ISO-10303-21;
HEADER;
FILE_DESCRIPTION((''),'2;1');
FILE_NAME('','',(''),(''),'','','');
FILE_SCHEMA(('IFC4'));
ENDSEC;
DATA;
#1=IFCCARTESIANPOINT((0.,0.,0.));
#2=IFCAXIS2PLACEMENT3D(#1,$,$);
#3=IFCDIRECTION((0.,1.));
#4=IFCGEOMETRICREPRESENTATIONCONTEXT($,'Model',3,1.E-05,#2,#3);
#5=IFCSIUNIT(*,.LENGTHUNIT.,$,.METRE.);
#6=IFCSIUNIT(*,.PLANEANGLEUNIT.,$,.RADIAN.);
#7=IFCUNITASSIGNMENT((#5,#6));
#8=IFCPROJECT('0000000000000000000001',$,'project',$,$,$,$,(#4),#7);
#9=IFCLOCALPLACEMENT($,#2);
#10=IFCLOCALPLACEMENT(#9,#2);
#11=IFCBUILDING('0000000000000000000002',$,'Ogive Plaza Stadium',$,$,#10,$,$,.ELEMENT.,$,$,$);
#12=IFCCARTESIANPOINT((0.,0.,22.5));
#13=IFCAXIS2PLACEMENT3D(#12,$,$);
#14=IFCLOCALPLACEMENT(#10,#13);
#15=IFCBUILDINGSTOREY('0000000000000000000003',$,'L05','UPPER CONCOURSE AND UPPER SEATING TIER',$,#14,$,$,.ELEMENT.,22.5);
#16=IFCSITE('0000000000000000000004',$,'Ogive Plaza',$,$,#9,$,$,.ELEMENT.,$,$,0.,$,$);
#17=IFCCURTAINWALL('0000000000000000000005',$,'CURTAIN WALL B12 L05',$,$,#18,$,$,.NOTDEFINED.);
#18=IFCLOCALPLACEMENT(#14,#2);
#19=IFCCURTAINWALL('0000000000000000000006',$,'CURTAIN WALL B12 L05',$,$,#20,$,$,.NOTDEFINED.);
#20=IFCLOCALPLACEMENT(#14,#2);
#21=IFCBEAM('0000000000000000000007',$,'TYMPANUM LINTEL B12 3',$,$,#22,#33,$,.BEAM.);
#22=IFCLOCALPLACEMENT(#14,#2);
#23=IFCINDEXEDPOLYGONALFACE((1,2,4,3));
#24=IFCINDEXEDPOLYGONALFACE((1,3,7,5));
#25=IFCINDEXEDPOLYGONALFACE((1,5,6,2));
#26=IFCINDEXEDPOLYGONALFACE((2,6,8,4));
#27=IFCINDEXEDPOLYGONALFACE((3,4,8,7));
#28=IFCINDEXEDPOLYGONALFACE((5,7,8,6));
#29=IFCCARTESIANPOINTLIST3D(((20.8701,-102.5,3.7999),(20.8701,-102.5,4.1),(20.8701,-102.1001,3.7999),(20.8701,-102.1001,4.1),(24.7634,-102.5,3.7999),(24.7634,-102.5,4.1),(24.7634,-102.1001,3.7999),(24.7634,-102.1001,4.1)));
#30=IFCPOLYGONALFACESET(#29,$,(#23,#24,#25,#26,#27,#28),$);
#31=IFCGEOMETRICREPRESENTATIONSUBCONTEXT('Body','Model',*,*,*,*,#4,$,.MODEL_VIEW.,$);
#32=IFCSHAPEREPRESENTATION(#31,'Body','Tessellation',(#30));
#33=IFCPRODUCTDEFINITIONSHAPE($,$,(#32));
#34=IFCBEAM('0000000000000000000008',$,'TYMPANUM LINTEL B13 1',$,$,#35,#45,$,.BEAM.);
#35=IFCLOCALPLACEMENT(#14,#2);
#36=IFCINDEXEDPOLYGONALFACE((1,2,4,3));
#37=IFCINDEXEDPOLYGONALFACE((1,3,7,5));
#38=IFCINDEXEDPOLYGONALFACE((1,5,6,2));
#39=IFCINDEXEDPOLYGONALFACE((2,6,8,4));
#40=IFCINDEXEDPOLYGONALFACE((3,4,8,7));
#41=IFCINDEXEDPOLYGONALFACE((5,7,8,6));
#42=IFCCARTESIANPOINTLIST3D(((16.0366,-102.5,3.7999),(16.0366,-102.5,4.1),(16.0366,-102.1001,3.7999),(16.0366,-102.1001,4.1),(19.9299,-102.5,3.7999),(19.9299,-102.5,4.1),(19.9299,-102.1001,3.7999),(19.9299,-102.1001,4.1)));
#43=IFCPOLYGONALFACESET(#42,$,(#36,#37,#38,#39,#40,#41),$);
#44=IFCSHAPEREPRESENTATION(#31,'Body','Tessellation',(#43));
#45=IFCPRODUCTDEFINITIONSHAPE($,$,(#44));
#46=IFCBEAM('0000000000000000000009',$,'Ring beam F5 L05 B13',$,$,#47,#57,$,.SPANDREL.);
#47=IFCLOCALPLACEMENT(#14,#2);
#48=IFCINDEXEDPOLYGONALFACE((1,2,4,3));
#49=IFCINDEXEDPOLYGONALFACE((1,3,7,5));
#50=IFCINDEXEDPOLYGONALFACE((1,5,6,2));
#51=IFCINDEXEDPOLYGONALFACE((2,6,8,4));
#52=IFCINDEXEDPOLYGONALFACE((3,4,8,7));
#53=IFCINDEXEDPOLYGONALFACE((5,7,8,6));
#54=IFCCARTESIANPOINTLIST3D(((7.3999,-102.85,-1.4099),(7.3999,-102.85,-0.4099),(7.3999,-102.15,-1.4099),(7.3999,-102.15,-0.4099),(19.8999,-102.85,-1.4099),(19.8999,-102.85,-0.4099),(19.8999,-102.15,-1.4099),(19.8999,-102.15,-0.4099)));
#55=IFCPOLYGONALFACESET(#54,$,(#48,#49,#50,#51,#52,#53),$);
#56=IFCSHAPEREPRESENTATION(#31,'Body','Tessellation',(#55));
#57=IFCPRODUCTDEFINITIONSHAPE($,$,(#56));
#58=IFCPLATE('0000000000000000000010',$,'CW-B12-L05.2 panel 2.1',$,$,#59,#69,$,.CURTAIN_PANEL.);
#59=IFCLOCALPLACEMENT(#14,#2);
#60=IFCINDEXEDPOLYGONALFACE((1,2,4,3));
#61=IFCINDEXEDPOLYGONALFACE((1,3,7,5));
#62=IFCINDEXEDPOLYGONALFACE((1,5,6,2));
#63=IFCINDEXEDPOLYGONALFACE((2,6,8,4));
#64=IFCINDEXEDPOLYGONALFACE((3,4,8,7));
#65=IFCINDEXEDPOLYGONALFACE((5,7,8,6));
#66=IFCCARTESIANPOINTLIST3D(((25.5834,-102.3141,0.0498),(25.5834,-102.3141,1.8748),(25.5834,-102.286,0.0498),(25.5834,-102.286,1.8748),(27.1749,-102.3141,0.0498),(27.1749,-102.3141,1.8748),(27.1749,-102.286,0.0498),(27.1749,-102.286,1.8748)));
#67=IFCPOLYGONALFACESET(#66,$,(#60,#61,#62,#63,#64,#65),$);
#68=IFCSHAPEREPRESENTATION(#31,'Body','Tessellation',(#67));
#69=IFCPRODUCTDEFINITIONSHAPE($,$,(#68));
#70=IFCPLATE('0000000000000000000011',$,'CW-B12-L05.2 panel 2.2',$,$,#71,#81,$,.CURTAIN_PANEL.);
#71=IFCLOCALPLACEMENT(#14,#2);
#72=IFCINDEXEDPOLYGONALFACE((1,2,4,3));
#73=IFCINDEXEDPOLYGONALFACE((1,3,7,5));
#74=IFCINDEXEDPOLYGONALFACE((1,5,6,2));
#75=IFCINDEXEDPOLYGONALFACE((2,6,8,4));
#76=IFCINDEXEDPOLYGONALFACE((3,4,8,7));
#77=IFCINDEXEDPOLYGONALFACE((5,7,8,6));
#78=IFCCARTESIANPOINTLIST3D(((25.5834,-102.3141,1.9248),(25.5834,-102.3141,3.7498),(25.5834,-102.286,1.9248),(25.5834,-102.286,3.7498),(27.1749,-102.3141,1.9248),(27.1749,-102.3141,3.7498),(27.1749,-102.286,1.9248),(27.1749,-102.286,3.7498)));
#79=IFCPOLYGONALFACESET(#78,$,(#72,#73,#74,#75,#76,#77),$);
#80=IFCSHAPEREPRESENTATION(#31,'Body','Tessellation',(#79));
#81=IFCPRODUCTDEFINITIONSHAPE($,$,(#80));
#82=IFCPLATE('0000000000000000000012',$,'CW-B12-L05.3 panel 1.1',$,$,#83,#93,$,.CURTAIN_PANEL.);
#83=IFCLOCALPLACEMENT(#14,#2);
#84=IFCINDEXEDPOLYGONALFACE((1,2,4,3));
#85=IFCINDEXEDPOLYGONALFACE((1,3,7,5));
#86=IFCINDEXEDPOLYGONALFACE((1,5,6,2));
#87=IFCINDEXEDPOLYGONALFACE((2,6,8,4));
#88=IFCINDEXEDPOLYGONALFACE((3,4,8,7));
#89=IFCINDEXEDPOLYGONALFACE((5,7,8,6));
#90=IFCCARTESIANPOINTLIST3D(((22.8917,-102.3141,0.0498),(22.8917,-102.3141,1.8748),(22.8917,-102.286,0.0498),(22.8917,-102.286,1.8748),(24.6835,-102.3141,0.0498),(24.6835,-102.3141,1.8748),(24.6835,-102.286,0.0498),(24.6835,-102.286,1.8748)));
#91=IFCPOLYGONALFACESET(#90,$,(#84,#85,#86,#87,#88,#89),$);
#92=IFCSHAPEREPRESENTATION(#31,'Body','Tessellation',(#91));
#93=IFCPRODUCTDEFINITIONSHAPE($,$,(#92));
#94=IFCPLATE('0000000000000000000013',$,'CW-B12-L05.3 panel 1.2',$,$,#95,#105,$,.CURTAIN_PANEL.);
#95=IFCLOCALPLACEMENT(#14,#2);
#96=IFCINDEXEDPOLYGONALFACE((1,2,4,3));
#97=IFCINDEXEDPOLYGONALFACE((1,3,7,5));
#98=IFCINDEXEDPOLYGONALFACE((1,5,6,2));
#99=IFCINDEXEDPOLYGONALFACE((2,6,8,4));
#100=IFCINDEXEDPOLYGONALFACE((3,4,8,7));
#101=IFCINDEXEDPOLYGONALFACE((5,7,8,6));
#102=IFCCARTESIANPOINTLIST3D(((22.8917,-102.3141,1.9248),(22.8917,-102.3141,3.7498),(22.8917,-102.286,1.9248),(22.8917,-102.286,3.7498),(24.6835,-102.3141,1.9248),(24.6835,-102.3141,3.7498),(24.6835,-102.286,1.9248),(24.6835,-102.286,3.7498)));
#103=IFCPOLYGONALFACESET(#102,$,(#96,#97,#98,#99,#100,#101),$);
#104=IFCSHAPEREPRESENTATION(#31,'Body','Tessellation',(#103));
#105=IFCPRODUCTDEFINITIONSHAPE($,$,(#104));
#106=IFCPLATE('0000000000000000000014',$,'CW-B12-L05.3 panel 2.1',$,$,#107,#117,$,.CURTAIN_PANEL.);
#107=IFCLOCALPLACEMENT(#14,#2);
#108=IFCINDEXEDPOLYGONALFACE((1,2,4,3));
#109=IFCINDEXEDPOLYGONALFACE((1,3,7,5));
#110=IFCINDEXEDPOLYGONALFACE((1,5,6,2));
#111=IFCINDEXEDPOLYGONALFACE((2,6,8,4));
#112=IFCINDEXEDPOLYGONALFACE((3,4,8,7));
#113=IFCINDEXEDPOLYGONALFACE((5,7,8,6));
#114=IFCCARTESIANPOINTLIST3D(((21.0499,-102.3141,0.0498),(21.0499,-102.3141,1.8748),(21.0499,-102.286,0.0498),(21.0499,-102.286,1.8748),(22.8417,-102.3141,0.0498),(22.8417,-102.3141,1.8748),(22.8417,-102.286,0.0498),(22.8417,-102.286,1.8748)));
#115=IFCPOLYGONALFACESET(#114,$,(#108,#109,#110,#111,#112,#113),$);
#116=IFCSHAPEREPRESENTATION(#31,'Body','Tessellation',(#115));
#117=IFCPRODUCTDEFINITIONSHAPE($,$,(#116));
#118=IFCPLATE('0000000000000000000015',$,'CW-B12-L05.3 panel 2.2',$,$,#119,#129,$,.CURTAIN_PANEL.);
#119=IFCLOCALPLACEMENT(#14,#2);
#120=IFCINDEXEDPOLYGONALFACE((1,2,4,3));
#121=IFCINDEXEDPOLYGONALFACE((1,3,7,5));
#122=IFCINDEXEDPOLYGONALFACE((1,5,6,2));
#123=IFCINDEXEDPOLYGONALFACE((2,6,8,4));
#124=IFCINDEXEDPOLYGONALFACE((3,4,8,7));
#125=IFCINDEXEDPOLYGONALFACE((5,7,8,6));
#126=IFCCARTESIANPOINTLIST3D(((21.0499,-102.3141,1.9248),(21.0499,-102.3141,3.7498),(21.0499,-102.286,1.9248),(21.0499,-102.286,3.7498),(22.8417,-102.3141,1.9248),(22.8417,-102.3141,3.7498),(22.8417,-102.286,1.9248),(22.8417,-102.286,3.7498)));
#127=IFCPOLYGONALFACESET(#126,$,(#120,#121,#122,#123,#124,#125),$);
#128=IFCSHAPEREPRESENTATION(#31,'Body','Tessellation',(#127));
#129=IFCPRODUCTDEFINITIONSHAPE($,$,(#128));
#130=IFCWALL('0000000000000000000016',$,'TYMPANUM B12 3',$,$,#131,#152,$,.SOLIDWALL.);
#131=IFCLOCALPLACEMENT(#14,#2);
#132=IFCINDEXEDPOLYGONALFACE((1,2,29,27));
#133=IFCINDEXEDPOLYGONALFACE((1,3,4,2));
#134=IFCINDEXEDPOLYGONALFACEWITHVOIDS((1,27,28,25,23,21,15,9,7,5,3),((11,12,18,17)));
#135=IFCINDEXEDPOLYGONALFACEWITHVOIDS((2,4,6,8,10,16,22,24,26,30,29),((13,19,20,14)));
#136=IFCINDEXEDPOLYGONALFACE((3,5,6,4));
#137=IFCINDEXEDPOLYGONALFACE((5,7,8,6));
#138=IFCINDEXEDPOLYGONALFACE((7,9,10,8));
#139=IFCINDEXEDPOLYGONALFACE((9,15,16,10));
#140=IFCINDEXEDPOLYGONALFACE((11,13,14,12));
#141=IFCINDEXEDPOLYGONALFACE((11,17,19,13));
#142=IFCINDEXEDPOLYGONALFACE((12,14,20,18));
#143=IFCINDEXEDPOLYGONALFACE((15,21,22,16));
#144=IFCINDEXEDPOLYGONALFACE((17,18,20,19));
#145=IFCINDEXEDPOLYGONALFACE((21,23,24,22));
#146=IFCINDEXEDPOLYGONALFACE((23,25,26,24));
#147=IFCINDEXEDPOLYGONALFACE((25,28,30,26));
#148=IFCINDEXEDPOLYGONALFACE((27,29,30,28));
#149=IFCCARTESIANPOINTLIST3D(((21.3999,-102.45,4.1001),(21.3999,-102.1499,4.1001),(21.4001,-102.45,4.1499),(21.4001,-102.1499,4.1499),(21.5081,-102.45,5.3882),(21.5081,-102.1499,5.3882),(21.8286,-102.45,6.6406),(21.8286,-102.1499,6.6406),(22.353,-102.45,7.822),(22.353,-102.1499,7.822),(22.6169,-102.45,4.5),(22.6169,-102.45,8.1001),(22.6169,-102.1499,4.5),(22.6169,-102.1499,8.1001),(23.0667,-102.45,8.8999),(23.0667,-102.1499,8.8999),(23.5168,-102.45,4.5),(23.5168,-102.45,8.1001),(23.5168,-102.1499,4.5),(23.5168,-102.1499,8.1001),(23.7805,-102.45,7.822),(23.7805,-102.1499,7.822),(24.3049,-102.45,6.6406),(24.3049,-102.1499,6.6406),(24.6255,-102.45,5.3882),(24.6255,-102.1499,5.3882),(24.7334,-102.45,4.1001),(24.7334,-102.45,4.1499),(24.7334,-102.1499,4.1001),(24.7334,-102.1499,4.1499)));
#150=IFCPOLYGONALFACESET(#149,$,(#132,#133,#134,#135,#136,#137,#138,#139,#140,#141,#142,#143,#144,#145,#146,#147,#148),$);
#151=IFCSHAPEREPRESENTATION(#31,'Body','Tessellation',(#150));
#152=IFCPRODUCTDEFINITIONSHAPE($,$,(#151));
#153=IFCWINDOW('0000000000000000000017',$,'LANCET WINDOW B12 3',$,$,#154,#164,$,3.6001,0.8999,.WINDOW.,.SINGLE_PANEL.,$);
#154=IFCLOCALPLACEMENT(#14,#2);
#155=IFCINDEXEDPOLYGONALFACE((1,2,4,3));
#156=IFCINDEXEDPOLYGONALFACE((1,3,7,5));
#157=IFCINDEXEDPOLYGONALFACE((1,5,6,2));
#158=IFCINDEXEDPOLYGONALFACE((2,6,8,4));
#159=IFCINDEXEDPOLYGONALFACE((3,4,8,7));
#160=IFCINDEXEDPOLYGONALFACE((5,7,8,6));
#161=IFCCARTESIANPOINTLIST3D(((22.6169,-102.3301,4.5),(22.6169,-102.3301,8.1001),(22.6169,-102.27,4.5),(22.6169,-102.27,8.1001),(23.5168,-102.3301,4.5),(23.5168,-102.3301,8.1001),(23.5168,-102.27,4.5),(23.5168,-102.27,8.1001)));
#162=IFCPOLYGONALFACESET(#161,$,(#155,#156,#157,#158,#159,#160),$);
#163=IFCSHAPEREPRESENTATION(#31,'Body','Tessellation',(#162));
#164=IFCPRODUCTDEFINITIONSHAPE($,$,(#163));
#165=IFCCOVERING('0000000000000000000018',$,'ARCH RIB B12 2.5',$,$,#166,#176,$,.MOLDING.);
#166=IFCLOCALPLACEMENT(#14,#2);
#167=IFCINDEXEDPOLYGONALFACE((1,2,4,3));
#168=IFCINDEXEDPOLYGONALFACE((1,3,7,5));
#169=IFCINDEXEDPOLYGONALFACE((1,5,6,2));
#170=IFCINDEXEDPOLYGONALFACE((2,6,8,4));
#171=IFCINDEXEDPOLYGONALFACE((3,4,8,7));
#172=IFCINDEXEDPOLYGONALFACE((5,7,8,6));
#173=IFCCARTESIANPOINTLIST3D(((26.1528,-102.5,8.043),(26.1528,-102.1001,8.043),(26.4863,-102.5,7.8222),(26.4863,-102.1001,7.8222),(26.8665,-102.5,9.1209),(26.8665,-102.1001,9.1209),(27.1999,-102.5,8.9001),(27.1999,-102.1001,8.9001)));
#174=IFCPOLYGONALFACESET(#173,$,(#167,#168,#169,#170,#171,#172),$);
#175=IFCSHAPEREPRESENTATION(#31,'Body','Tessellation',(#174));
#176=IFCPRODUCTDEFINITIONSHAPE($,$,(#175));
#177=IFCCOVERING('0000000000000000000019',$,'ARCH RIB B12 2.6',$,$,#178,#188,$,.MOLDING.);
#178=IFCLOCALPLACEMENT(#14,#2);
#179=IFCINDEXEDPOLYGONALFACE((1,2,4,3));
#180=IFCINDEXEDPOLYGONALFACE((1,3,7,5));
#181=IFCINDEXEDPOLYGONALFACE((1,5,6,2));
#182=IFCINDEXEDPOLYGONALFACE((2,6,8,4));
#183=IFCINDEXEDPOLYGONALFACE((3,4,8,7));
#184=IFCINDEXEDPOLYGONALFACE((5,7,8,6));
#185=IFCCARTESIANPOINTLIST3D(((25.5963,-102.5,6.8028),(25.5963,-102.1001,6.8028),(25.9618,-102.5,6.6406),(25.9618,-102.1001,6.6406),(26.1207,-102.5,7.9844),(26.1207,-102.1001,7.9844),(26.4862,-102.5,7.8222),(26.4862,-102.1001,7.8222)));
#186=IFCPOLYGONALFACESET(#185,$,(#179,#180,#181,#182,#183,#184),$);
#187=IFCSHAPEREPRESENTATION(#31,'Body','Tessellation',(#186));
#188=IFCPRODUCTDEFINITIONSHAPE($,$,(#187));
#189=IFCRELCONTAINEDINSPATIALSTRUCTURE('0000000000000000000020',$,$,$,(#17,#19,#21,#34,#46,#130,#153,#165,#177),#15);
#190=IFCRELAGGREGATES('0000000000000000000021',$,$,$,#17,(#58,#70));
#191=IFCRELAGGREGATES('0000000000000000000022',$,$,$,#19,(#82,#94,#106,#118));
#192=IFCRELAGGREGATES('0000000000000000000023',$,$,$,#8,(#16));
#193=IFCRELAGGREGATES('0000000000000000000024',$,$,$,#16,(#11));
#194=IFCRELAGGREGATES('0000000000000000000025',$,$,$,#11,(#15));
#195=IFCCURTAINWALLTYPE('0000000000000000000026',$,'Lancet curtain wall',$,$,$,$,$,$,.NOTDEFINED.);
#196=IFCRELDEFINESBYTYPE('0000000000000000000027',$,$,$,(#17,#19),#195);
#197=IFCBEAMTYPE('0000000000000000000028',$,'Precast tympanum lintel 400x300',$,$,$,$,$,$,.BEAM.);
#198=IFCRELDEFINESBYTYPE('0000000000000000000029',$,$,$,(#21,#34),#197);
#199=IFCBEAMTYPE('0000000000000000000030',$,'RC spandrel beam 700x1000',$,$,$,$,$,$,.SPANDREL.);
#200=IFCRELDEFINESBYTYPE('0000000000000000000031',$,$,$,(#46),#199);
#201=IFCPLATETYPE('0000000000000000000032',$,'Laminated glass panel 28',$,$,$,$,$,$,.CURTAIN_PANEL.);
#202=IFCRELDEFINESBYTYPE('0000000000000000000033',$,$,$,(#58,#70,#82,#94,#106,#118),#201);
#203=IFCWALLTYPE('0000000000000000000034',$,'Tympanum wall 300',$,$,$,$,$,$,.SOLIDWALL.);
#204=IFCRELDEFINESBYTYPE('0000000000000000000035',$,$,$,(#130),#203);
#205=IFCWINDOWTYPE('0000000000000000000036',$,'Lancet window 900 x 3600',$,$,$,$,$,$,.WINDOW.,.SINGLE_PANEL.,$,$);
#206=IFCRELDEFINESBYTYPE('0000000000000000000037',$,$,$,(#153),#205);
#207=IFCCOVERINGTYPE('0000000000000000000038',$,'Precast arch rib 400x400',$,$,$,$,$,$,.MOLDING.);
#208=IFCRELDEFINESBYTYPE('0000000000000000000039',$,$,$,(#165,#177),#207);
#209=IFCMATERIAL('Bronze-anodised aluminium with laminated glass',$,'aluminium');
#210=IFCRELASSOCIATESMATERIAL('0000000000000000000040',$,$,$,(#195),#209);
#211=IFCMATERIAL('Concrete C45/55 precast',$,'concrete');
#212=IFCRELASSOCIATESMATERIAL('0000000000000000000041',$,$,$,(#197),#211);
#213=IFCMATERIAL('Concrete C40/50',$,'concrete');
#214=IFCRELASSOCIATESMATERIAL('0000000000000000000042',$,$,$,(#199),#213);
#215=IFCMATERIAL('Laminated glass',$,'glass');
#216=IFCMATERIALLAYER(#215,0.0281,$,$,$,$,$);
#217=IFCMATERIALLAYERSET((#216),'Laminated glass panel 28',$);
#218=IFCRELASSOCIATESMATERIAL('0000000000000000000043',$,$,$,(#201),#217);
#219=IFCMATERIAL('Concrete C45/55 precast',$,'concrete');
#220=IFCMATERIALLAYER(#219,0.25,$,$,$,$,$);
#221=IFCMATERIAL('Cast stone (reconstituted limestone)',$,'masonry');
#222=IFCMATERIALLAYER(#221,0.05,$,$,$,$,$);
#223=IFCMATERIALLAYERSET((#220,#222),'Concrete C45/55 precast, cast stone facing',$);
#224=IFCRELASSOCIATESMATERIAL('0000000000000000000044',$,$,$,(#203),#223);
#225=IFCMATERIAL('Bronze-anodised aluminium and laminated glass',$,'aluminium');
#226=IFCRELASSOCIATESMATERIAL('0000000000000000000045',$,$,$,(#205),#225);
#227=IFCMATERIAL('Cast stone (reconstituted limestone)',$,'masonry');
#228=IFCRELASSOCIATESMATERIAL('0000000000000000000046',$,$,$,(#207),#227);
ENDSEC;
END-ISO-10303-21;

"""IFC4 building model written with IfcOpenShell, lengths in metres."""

from ifc_helpers import new_model, si_unit, direction, frame, frame_2d, origin, origin_2d, place, context, subcontext, project, spatial, polyline, rectangle, outline, extrude, material, layer, layer_set, material_profile, profile_set, type_object, element, fill, aggregate, save


model = new_model("IFC4")

# Units and contexts
model_context = context("Model", 3, precision=1e-05, world=origin(), true_north=direction((0.0, 1.0)))
body_context = subcontext(model_context, "Body", "Model", "MODEL_VIEW")
ifc_project = project(units=[si_unit("LENGTHUNIT", "METRE"), si_unit("PLANEANGLEUNIT", "RADIAN")], contexts=[model_context])

# Site, building, storey
site_placement = place(None, origin())
site = spatial("IfcSite", under=ifc_project, at=site_placement, Name="Ogive Plaza", CompositionType="ELEMENT", RefElevation=0.0)
building_placement = place(site_placement, origin())
building = spatial("IfcBuilding", under=site, at=building_placement, Name="Ogive Plaza Stadium", CompositionType="ELEMENT")
storey_placement = place(building_placement, frame((0.0, 0.0, 22.5)))
storey = spatial("IfcBuildingStorey", under=building, at=storey_placement, Name="L05", Description="UPPER CONCOURSE AND UPPER SEATING TIER", CompositionType="ELEMENT", Elevation=22.5)

# Curtain wall
ifc_material_1 = material(Name="Bronze-anodised aluminium with laminated glass", Category="aluminium")
curtain_wall_type = type_object("IfcCurtainWallType", Name="Lancet curtain wall", PredefinedType="NOTDEFINED", material=ifc_material_1)
curtain_wall_1_placement = place(storey_placement, origin())
curtain_wall_1 = element("IfcCurtainWall", 1, at=curtain_wall_1_placement, inside=storey, type_object=curtain_wall_type, Name="CURTAIN WALL B12 L05", PredefinedType="NOTDEFINED")

# Curtain wall
curtain_wall_2_placement = place(storey_placement, origin())
curtain_wall_2 = element("IfcCurtainWall", 2, at=curtain_wall_2_placement, inside=storey, type_object=curtain_wall_type, Name="CURTAIN WALL B12 L05", PredefinedType="NOTDEFINED")

# Beams
ifc_material_2 = material(Name="Concrete C45/55 precast", Category="concrete")
ifc_material_profile_1 = material_profile(ifc_material_2, rectangle(XDim=0.3999, YDim=0.3, at=origin_2d()), Name="RC 400x300")
ifc_profile_set_1 = profile_set([ifc_material_profile_1], Name="Concrete C45/55 precast")
beam_type_1 = type_object("IfcBeamType", Name="Precast tympanum lintel 400x300", PredefinedType="BEAM", material=ifc_profile_set_1)
for number, where, z_axis, x_axis, name in (
    (3, (24.7634, -102.3, 3.95), (-1.0, 0.0, 0.0), (0.0, -1.0, 0.0), "TYMPANUM LINTEL B12 3"),
    (4, (19.9299, -102.3, 3.95), (-1.0, 0.0, 0.0), (0.0, -1.0, 0.0), "TYMPANUM LINTEL B13 1"),
):
    element("IfcBeam", number, at=place(storey_placement, frame(where, z_axis=z_axis, x_axis=x_axis)), inside=storey, type_object=beam_type_1, Name=name, PredefinedType="BEAM", context=body_context, shape_type="SweptSolid", body=[
        extrude(rectangle(XDim=0.3999, YDim=0.3, at=origin_2d()), origin(), (0.0, 0.0, 1.0), 3.8933),
    ])
ifc_material_3 = material(Name="Concrete C40/50", Category="concrete")
ifc_material_profile_2 = material_profile(ifc_material_3, rectangle(XDim=0.7, YDim=1.0, at=origin_2d()), Name="RC 700x1000")
ifc_profile_set_2 = profile_set([ifc_material_profile_2], Name="Concrete C40/50")
beam_type_2 = type_object("IfcBeamType", Name="RC spandrel beam 700x1000", PredefinedType="SPANDREL", material=ifc_profile_set_2)
beam_placement = place(storey_placement, frame((19.8999, -102.5, -0.9099), z_axis=(-1.0, 0.0, 0.0), x_axis=(0.0, -1.0, 0.0)))
element("IfcBeam", 5, at=beam_placement, inside=storey, type_object=beam_type_2, Name="Ring beam F5 L05 B13", PredefinedType="SPANDREL", context=body_context, shape_type="SweptSolid", body=[
    extrude(rectangle(XDim=0.7, YDim=1.0, at=origin_2d()), origin(), (0.0, 0.0, 1.0), 12.5),
])

# Plates
ifc_material_4 = material(Name="Laminated glass", Category="glass")
ifc_layer_1 = layer(ifc_material_4, 0.0281)
ifc_layer_set_1 = layer_set([ifc_layer_1], Name="Laminated glass panel 28")
plate_type = type_object("IfcPlateType", Name="Laminated glass panel 28", PredefinedType="CURTAIN_PANEL", material=ifc_layer_set_1)
plate_1_placement = place(storey_placement, frame((26.3792, -102.3, 0.0498), z_axis=(0.0, 0.0, 1.0), x_axis=(-1.0, 0.0, 0.0)))
plate_1 = element("IfcPlate", 6, at=plate_1_placement, type_object=plate_type, Name="CW-B12-L05.2 panel 2.1", PredefinedType="CURTAIN_PANEL", context=body_context, shape_type="SweptSolid", body=[
    extrude(rectangle(XDim=1.5916, YDim=0.0281, at=origin_2d()), origin(), (0.0, 0.0, 1.0), 1.825),
])
plate_2_placement = place(storey_placement, frame((26.3792, -102.3, 1.9248), z_axis=(0.0, 0.0, 1.0), x_axis=(-1.0, 0.0, 0.0)))
plate_2 = element("IfcPlate", 7, at=plate_2_placement, type_object=plate_type, Name="CW-B12-L05.2 panel 2.2", PredefinedType="CURTAIN_PANEL", context=body_context, shape_type="SweptSolid", body=[
    extrude(rectangle(XDim=1.5916, YDim=0.0281, at=origin_2d()), origin(), (0.0, 0.0, 1.0), 1.825),
])
aggregate(curtain_wall_1, [plate_1, plate_2])
plate_3_placement = place(storey_placement, frame((23.7876, -102.3, 0.0498), z_axis=(0.0, 0.0, 1.0), x_axis=(-1.0, 0.0, 0.0)))
plate_3 = element("IfcPlate", 8, at=plate_3_placement, type_object=plate_type, Name="CW-B12-L05.3 panel 1.1", PredefinedType="CURTAIN_PANEL", context=body_context, shape_type="SweptSolid", body=[
    extrude(rectangle(XDim=1.7917, YDim=0.0281, at=origin_2d()), origin(), (0.0, 0.0, 1.0), 1.825),
])
plate_4_placement = place(storey_placement, frame((23.7876, -102.3, 1.9248), z_axis=(0.0, 0.0, 1.0), x_axis=(-1.0, 0.0, 0.0)))
plate_4 = element("IfcPlate", 9, at=plate_4_placement, type_object=plate_type, Name="CW-B12-L05.3 panel 1.2", PredefinedType="CURTAIN_PANEL", context=body_context, shape_type="SweptSolid", body=[
    extrude(rectangle(XDim=1.7917, YDim=0.0281, at=origin_2d()), origin(), (0.0, 0.0, 1.0), 1.825),
])
plate_5_placement = place(storey_placement, frame((21.9458, -102.3, 0.0498), z_axis=(0.0, 0.0, 1.0), x_axis=(-1.0, 0.0, 0.0)))
plate_5 = element("IfcPlate", 10, at=plate_5_placement, type_object=plate_type, Name="CW-B12-L05.3 panel 2.1", PredefinedType="CURTAIN_PANEL", context=body_context, shape_type="SweptSolid", body=[
    extrude(rectangle(XDim=1.7917, YDim=0.0281, at=origin_2d()), origin(), (0.0, 0.0, 1.0), 1.825),
])
plate_6_placement = place(storey_placement, frame((21.9458, -102.3, 1.9248), z_axis=(0.0, 0.0, 1.0), x_axis=(-1.0, 0.0, 0.0)))
plate_6 = element("IfcPlate", 11, at=plate_6_placement, type_object=plate_type, Name="CW-B12-L05.3 panel 2.2", PredefinedType="CURTAIN_PANEL", context=body_context, shape_type="SweptSolid", body=[
    extrude(rectangle(XDim=1.7917, YDim=0.0281, at=origin_2d()), origin(), (0.0, 0.0, 1.0), 1.825),
])
aggregate(curtain_wall_2, [plate_3, plate_4, plate_5, plate_6])

# Wall, opening, window
ifc_material_5 = material(Name="Concrete C45/55 precast", Category="concrete")
ifc_layer_2 = layer(ifc_material_5, 0.25)
ifc_material_6 = material(Name="Cast stone (reconstituted limestone)", Category="masonry")
ifc_layer_3 = layer(ifc_material_6, 0.05)
ifc_layer_set_2 = layer_set([ifc_layer_2, ifc_layer_3], Name="Concrete C45/55 precast, cast stone facing")
wall_type = type_object("IfcWallType", Name="Tympanum wall 300", PredefinedType="SOLIDWALL", material=ifc_layer_set_2)
wall_placement = place(storey_placement, frame((24.7334, -102.3, 4.1001), z_axis=(0.0, 0.0, 1.0), x_axis=(-1.0, 0.0, 0.0)))
wall = element("IfcWall", 12, at=wall_placement, inside=storey, type_object=wall_type, Name="TYMPANUM B12 3", PredefinedType="SOLIDWALL", context=body_context, shape_type="SweptSolid", body=[
    extrude(outline(polyline([(0.0, 0.0), (3.3335, 0.0), (3.3333, 0.0498), (3.2253, 1.2881), (2.9048, 2.5405), (2.3804, 3.7219), (1.6667, 4.7998), (0.9529, 3.7219), (0.4285, 2.5405), (0.1079, 1.2881), (0.0, 0.0498), (0.0, 0.0)])), frame((0.0, 0.1499, 0.0), z_axis=(0.0, -1.0, 0.0), x_axis=(1.0, 0.0, 0.0)), (0.0, 0.0, 1.0), 0.3),
])
opening_placement = place(wall_placement, frame((1.2166, 0.0, 0.3999)))
opening = element("IfcOpeningElement", 13, at=opening_placement, cuts=wall, PredefinedType="OPENING", context=body_context, shape_type="SweptSolid", body=[
    extrude(rectangle(XDim=0.8999, YDim=3.6001, at=frame_2d((0.45, 1.8))), frame((0.0, 0.1602, 0.0), z_axis=(0.0, -1.0, 0.0), x_axis=(1.0, 0.0, 0.0)), (0.0, 0.0, 1.0), 0.3201),
])
ifc_material_7 = material(Name="Bronze-anodised aluminium and laminated glass", Category="aluminium")
window_type = type_object("IfcWindowType", Name="Lancet window 900 x 3600", PartitioningType="SINGLE_PANEL", PredefinedType="WINDOW", material=ifc_material_7)
window_placement = place(opening_placement, origin())
window = element("IfcWindow", 14, at=window_placement, inside=storey, type_object=window_type, Name="LANCET WINDOW B12 3", OverallHeight=3.6001, OverallWidth=0.8999, PartitioningType="SINGLE_PANEL", PredefinedType="WINDOW", context=body_context, shape_type="SweptSolid", body=[
    extrude(rectangle(XDim=0.8999, YDim=3.6001, at=frame_2d((0.45, 1.8))), frame((0.0, 0.03, 0.0), z_axis=(0.0, -1.0, 0.0), x_axis=(1.0, 0.0, 0.0)), (0.0, 0.0, 1.0), 0.0601),
])
fill(opening, window)

# Coverings
ifc_material_8 = material(Name="Cast stone (reconstituted limestone)", Category="masonry")
ifc_material_profile_3 = material_profile(ifc_material_8, rectangle(XDim=0.3999, YDim=0.3999, at=origin_2d()), Name="Cast stone 400x400")
ifc_profile_set_3 = profile_set([ifc_material_profile_3], Name="Cast stone (reconstituted limestone)")
covering_type = type_object("IfcCoveringType", Name="Precast arch rib 400x400", PredefinedType="MOLDING", material=ifc_profile_set_3)
for number, where, z_axis, x_axis, name in (
    (15, (27.0332, -102.3, 9.0105), (-0.552039, 0.0, -0.833818), (0.0, -1.0, 0.0), "ARCH RIB B12 2.5"),
    (16, (26.3035, -102.3, 7.9033), (-0.405648, 0.0, -0.914029), (0.0, -1.0, 0.0), "ARCH RIB B12 2.6"),
):
    element("IfcCovering", number, at=place(storey_placement, frame(where, z_axis=z_axis, x_axis=x_axis)), inside=storey, type_object=covering_type, Name=name, PredefinedType="MOLDING", context=body_context, shape_type="SweptSolid", body=[
        extrude(rectangle(XDim=0.3999, YDim=0.3999, at=origin_2d()), origin(), (0.0, 0.0, 1.0), 1.2927),
    ])

save(model, "model.ifc")
